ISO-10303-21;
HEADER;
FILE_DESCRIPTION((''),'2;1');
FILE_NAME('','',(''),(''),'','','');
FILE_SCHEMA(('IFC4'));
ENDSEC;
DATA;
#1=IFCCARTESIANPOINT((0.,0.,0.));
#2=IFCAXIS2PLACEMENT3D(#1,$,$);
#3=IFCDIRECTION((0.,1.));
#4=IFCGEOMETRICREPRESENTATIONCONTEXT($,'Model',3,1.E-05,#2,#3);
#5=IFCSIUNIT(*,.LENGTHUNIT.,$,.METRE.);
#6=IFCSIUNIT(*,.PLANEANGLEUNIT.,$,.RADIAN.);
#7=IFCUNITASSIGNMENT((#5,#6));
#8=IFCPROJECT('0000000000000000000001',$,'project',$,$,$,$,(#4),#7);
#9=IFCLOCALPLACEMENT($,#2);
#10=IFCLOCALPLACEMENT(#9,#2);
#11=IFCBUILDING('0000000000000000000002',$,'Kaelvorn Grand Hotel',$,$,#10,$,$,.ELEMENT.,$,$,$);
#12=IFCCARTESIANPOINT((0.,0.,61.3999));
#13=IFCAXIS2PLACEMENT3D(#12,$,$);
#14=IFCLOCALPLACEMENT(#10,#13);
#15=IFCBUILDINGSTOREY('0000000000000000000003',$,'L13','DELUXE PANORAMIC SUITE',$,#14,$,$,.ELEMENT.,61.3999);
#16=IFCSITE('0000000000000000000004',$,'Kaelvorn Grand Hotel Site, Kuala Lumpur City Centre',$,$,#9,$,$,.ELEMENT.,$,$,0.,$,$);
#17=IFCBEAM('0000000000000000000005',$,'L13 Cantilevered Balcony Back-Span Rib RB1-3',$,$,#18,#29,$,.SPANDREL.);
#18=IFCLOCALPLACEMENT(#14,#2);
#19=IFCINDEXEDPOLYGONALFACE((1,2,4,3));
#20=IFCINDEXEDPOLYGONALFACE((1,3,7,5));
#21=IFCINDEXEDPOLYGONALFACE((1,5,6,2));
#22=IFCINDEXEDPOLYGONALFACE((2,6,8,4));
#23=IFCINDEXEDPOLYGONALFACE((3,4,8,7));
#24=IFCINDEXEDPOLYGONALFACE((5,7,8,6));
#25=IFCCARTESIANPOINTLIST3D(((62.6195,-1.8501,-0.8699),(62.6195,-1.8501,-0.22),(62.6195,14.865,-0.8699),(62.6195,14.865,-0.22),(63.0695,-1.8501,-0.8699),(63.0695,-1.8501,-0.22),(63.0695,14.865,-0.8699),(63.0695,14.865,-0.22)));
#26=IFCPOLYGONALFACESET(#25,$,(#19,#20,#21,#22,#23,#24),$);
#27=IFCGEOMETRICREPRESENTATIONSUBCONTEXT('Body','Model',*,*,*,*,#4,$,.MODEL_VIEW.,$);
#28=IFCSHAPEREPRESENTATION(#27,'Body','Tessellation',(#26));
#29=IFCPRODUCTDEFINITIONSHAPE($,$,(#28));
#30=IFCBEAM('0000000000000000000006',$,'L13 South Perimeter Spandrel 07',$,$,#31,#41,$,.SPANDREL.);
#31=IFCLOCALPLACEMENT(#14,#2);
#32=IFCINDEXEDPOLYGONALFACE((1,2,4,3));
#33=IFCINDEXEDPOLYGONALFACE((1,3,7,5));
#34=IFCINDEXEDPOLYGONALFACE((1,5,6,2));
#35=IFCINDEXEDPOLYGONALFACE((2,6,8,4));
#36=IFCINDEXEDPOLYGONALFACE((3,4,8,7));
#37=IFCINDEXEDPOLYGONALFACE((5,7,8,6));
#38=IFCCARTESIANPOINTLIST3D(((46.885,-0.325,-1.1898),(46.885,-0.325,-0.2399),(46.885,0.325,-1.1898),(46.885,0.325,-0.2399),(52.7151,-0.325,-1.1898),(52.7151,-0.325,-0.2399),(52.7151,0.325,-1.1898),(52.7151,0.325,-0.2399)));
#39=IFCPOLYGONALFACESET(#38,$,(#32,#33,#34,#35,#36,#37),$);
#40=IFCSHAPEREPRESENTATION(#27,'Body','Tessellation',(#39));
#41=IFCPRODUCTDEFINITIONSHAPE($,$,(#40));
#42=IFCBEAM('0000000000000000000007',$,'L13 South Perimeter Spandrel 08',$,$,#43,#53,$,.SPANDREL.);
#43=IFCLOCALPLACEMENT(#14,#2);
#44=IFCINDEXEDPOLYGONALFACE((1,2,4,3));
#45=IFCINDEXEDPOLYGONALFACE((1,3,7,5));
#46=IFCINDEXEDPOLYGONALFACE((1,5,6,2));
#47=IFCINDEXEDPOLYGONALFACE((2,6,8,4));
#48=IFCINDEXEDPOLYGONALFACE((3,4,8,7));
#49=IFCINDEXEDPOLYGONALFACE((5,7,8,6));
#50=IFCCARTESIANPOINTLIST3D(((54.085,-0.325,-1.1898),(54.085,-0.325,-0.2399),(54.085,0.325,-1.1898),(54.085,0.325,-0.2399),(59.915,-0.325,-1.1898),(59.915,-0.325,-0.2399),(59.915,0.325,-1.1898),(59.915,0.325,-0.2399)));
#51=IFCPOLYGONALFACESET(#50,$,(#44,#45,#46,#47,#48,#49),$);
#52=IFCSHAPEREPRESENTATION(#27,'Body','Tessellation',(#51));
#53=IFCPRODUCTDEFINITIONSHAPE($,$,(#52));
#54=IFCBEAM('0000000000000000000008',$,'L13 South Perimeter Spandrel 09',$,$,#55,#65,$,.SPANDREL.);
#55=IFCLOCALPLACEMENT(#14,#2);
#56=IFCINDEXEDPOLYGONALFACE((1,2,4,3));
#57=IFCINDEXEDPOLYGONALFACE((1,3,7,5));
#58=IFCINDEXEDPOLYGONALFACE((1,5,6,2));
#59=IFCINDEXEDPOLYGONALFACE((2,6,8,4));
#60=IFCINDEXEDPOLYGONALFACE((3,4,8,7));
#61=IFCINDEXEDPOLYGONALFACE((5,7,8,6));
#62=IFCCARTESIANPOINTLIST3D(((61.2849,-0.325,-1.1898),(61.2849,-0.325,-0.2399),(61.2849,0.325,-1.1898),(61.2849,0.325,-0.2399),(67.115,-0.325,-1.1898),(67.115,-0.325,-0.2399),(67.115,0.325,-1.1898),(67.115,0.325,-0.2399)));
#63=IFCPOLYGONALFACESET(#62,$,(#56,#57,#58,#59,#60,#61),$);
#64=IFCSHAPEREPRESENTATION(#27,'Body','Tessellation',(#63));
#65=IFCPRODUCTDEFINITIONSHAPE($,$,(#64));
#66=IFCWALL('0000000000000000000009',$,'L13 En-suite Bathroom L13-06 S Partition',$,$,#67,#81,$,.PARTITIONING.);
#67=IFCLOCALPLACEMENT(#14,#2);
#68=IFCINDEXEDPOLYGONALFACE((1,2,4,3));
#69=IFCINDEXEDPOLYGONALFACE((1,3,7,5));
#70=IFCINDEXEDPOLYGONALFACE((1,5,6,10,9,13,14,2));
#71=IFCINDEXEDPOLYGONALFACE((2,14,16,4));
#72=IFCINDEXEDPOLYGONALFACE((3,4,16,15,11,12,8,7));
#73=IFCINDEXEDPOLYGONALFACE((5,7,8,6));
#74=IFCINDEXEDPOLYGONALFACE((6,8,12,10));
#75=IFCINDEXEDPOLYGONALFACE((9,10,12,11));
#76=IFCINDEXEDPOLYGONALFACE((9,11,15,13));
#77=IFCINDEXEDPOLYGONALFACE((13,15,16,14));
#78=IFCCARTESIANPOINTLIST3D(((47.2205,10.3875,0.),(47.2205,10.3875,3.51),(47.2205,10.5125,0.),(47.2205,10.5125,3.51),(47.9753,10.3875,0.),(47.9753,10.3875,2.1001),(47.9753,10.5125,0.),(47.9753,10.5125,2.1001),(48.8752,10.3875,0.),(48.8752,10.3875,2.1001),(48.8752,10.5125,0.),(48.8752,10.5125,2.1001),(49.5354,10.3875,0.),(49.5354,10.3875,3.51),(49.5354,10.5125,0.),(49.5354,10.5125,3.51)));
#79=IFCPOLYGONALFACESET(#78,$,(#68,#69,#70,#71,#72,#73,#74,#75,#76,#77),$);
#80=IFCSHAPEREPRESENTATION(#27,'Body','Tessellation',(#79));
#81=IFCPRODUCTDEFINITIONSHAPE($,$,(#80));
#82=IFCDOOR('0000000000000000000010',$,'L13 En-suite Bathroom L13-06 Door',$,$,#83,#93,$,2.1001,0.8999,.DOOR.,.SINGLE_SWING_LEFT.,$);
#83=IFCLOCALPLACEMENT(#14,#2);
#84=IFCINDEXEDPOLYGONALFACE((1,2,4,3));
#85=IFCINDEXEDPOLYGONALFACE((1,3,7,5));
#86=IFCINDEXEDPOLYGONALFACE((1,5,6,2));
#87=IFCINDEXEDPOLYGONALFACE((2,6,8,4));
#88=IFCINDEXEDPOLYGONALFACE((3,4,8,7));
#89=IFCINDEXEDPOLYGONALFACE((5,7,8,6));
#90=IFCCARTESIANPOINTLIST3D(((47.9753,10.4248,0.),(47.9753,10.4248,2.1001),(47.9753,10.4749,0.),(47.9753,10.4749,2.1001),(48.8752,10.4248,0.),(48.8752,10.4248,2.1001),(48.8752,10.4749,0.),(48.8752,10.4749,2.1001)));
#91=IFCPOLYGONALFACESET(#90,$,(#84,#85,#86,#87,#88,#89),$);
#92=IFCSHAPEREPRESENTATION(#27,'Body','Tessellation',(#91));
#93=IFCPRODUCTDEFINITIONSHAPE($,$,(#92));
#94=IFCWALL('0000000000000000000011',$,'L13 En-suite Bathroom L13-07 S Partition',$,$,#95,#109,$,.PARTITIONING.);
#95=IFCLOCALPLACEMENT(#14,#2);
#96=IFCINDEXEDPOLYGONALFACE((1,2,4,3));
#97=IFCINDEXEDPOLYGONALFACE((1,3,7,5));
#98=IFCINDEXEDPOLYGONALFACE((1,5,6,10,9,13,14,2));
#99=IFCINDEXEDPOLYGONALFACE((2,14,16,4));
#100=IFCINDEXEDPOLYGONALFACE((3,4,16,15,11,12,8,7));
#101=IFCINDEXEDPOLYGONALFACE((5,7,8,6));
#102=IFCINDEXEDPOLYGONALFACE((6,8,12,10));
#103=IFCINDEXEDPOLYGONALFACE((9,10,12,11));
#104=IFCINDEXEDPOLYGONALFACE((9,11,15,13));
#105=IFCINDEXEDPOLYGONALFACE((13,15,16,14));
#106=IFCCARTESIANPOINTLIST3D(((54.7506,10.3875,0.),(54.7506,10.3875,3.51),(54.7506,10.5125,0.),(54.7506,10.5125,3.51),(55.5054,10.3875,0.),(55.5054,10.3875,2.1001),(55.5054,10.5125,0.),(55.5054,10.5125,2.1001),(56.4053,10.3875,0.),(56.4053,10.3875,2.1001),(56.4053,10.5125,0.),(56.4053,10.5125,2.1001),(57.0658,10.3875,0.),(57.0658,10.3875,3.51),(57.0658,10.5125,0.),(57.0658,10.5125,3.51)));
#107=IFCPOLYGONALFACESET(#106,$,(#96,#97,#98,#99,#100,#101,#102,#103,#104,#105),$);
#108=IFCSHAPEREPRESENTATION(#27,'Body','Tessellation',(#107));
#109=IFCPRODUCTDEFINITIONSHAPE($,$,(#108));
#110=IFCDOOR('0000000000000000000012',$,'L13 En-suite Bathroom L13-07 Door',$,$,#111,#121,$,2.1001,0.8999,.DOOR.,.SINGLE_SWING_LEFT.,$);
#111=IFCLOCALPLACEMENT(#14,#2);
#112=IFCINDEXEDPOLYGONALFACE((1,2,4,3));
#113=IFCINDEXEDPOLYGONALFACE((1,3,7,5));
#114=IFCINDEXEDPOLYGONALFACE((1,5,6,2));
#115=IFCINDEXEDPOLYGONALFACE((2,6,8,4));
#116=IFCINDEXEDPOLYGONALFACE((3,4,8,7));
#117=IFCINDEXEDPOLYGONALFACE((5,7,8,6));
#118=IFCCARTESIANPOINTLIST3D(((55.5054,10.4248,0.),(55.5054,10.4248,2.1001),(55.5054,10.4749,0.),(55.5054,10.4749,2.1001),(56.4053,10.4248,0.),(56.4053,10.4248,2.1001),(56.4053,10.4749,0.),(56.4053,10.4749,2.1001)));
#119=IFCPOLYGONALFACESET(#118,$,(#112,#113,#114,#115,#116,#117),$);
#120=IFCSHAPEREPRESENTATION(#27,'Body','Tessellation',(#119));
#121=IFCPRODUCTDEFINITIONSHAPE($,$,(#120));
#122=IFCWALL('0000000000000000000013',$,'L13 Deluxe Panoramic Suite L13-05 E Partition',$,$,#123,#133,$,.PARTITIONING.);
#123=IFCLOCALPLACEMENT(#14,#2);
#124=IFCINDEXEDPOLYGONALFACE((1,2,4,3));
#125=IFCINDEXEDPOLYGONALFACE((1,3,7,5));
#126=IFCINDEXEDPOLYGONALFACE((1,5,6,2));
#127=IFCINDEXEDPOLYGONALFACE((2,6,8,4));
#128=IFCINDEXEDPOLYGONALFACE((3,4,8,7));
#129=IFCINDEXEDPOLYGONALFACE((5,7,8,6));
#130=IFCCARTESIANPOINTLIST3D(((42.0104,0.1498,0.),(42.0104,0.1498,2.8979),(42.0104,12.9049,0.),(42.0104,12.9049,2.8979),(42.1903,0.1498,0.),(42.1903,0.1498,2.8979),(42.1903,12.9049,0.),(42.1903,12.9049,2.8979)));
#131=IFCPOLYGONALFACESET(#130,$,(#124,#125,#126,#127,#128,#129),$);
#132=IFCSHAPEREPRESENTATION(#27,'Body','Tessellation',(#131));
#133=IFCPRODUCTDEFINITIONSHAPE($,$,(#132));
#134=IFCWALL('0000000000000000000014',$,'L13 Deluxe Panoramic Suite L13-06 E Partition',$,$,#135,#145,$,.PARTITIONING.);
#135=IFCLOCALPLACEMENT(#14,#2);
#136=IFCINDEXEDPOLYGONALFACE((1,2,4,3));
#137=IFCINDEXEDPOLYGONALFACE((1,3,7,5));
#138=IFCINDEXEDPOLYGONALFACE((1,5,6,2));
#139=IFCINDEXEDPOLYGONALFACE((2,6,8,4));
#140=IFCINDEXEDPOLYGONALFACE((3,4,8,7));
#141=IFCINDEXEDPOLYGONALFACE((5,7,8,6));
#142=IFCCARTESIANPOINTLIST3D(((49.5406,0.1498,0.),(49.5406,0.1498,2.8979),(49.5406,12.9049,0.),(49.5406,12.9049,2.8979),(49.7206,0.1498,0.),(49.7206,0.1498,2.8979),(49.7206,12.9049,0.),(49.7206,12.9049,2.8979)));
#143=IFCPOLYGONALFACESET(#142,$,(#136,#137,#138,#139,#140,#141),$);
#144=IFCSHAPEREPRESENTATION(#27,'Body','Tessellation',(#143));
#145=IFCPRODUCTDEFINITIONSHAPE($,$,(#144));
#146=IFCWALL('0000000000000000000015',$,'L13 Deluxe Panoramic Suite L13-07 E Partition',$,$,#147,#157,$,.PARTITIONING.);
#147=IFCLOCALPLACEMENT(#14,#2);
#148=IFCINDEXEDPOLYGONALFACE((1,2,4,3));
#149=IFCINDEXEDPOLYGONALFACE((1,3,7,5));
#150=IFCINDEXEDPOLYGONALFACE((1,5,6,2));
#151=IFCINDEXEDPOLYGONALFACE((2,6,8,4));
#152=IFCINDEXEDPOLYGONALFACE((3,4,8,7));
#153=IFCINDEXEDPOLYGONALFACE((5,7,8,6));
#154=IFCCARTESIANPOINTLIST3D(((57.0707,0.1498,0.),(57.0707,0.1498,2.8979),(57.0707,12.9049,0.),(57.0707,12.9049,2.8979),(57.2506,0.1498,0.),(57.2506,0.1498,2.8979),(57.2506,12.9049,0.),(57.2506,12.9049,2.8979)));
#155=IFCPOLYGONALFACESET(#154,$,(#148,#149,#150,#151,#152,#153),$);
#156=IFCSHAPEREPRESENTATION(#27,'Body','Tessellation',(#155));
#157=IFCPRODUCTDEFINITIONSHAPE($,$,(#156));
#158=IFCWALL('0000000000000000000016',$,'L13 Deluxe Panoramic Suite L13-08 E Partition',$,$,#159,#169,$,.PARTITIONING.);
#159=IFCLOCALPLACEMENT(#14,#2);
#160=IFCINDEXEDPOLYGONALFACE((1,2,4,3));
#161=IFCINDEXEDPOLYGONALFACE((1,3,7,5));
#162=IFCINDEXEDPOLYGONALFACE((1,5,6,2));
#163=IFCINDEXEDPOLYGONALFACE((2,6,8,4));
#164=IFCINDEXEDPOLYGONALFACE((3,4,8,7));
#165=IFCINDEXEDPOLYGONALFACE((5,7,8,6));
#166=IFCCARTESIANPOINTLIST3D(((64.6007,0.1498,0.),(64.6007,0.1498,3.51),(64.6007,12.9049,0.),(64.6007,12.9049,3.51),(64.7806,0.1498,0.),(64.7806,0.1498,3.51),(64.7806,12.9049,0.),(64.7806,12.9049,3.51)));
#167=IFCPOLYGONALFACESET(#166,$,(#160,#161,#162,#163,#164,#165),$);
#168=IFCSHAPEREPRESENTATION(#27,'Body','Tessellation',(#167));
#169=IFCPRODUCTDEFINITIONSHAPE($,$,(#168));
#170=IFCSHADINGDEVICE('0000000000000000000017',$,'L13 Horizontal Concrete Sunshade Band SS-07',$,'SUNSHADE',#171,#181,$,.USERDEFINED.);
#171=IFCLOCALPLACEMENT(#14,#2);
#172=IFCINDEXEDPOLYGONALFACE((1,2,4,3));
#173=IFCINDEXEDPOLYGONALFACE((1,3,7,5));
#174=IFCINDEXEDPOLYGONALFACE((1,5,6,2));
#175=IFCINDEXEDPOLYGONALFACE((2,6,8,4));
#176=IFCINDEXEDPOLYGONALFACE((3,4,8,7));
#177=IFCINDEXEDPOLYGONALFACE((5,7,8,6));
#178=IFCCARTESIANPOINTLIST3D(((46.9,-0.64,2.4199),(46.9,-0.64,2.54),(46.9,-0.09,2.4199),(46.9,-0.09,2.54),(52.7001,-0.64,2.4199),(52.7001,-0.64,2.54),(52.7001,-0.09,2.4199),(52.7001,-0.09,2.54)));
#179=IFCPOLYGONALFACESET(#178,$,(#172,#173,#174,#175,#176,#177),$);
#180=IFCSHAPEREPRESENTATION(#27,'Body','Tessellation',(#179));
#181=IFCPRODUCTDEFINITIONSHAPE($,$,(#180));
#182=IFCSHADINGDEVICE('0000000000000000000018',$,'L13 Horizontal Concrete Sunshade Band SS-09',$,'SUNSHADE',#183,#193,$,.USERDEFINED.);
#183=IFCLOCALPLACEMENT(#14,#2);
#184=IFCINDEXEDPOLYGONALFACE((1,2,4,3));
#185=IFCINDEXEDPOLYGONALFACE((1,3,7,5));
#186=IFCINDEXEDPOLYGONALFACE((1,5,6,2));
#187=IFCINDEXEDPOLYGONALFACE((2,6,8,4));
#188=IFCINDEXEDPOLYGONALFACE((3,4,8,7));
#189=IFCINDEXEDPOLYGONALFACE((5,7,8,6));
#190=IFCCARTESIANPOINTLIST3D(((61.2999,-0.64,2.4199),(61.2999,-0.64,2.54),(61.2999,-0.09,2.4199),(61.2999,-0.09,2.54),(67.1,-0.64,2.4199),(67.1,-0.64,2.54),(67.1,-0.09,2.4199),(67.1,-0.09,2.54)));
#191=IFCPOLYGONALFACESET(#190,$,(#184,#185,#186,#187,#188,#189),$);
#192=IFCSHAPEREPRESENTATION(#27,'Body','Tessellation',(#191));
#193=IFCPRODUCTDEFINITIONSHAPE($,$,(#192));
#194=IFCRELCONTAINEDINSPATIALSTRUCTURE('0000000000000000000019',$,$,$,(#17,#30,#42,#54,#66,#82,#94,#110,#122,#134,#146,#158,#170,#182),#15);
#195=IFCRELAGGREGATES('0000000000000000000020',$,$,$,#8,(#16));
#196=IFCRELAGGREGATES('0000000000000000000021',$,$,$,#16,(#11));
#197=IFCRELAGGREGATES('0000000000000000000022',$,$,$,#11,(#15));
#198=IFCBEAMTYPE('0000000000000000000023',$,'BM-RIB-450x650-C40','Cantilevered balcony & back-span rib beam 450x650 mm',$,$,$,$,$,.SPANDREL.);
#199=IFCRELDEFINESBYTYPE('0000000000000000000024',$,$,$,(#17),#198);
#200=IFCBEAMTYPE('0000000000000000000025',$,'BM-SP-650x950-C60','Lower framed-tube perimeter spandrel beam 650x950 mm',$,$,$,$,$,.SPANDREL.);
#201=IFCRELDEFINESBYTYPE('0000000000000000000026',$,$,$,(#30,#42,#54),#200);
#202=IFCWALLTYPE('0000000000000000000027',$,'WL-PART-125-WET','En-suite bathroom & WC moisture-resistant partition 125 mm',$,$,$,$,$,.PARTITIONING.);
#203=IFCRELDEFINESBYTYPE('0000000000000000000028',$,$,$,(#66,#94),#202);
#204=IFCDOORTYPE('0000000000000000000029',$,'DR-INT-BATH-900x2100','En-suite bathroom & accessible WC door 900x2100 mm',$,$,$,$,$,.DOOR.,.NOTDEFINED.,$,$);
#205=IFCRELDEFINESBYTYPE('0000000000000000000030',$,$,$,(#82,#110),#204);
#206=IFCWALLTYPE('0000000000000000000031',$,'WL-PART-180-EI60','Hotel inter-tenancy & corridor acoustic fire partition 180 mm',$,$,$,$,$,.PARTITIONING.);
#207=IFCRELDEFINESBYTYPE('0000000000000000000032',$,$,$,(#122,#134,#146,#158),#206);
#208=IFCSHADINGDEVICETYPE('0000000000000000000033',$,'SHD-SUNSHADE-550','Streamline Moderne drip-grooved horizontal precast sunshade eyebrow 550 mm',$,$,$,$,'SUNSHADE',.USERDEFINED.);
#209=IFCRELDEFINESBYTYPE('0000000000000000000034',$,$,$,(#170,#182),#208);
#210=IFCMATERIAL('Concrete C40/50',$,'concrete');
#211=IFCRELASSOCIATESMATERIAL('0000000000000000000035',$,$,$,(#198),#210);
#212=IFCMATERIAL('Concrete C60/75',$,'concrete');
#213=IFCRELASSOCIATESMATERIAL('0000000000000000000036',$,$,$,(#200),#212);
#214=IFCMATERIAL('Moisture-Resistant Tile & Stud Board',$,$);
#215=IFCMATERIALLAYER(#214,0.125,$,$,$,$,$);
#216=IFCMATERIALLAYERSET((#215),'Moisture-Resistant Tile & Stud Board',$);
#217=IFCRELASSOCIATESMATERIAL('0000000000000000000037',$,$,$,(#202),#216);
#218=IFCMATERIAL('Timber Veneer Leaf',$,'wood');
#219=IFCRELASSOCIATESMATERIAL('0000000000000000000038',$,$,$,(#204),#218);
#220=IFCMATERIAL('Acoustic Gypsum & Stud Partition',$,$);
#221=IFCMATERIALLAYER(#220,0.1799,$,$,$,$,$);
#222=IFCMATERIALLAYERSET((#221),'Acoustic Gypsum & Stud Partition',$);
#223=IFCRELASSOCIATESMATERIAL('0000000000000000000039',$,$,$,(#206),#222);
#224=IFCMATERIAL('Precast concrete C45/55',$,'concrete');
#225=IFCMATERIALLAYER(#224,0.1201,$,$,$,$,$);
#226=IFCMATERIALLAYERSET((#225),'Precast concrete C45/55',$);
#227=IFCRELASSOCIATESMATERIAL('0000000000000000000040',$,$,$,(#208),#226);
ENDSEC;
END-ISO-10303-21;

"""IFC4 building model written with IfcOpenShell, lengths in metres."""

from ifc_helpers import new_model, si_unit, direction, frame, frame_2d, origin, origin_2d, place, context, subcontext, project, spatial, rectangle, extrude, material, layer, layer_set, material_profile, profile_set, type_object, element, fill, save


model = new_model("IFC4")

# Units and contexts
model_context = context("Model", 3, precision=1e-05, world=origin(), true_north=direction((0.0, 1.0)))
body_context = subcontext(model_context, "Body", "Model", "MODEL_VIEW")
ifc_project = project(units=[si_unit("LENGTHUNIT", "METRE"), si_unit("PLANEANGLEUNIT", "RADIAN")], contexts=[model_context])

# Site, building, storey
site_placement = place(None, origin())
site = spatial("IfcSite", under=ifc_project, at=site_placement, Name="Kaelvorn Grand Hotel Site, Kuala Lumpur City Centre", CompositionType="ELEMENT", RefElevation=0.0)
building_placement = place(site_placement, origin())
building = spatial("IfcBuilding", under=site, at=building_placement, Name="Kaelvorn Grand Hotel", CompositionType="ELEMENT")
storey_placement = place(building_placement, frame((0.0, 0.0, 61.3999)))
storey = spatial("IfcBuildingStorey", under=building, at=storey_placement, Name="L13", Description="DELUXE PANORAMIC SUITE", CompositionType="ELEMENT", Elevation=61.3999)

# Beams
ifc_material_1 = material(Name="Concrete C40/50", Category="concrete")
ifc_material_profile_1 = material_profile(ifc_material_1, rectangle(XDim=0.45, YDim=0.6499, at=origin_2d()), Name="RC RIB 450x650")
ifc_profile_set_1 = profile_set([ifc_material_profile_1], Name="Concrete C40/50")
beam_type_1 = type_object("IfcBeamType", Name="BM-RIB-450x650-C40", Description="Cantilevered balcony & back-span rib beam 450x650 mm", PredefinedType="SPANDREL", material=ifc_profile_set_1)
beam_1_placement = place(storey_placement, frame((62.8445, -1.8501, -0.5449), z_axis=(0.0, 1.0, 0.0), x_axis=(-1.0, 0.0, 0.0)))
element("IfcBeam", 1, at=beam_1_placement, inside=storey, type_object=beam_type_1, Name="L13 Cantilevered Balcony Back-Span Rib RB1-3", PredefinedType="SPANDREL", context=body_context, shape_type="SweptSolid", body=[
    extrude(rectangle(XDim=0.45, YDim=0.6499, at=origin_2d()), origin(), (0.0, 0.0, 1.0), 16.7151),
])
ifc_material_2 = material(Name="Concrete C60/75", Category="concrete")
ifc_material_profile_2 = material_profile(ifc_material_2, rectangle(XDim=0.6499, YDim=0.95, at=origin_2d()), Name="RC SPANDREL 650x950")
ifc_profile_set_2 = profile_set([ifc_material_profile_2], Name="Concrete C60/75")
beam_type_2 = type_object("IfcBeamType", Name="BM-SP-650x950-C60", Description="Lower framed-tube perimeter spandrel beam 650x950 mm", PredefinedType="SPANDREL", material=ifc_profile_set_2)
for number, where, z_axis, x_axis, name in (
    (2, (46.885, 0.0, -0.7148), (1.0, 0.0, 0.0), (0.0, 1.0, 0.0), "L13 South Perimeter Spandrel 07"),
    (3, (54.085, 0.0, -0.7148), (1.0, 0.0, 0.0), (0.0, 1.0, 0.0), "L13 South Perimeter Spandrel 08"),
    (4, (61.2849, 0.0, -0.7148), (1.0, 0.0, 0.0), (0.0, 1.0, 0.0), "L13 South Perimeter Spandrel 09"),
):
    element("IfcBeam", number, at=place(storey_placement, frame(where, z_axis=z_axis, x_axis=x_axis)), inside=storey, type_object=beam_type_2, Name=name, PredefinedType="SPANDREL", context=body_context, shape_type="SweptSolid", body=[
        extrude(rectangle(XDim=0.6499, YDim=0.95, at=origin_2d()), origin(), (0.0, 0.0, 1.0), 5.8301),
    ])

# Walls, openings, doors
ifc_material_3 = material(Name="Moisture-Resistant Tile & Stud Board")
ifc_layer_1 = layer(ifc_material_3, 0.125)
ifc_layer_set_1 = layer_set([ifc_layer_1], Name="Moisture-Resistant Tile & Stud Board")
wall_type_1 = type_object("IfcWallType", Name="WL-PART-125-WET", Description="En-suite bathroom & WC moisture-resistant partition 125 mm", PredefinedType="PARTITIONING", material=ifc_layer_set_1)
wall_1_placement = place(storey_placement, frame((47.2205, 10.45, 0.0), z_axis=(0.0, 0.0, 1.0), x_axis=(1.0, 0.0, 0.0)))
wall_1 = element("IfcWall", 5, at=wall_1_placement, inside=storey, type_object=wall_type_1, Name="L13 En-suite Bathroom L13-06 S Partition", PredefinedType="PARTITIONING", context=body_context, shape_type="SweptSolid", body=[
    extrude(rectangle(XDim=2.3149, YDim=0.125, at=frame_2d((1.1575, 0.0))), origin(), (0.0, 0.0, 1.0), 3.51),
])
opening_1_placement = place(wall_1_placement, frame((0.7549, 0.0, 0.0)))
opening_1 = element("IfcOpeningElement", 6, at=opening_1_placement, cuts=wall_1, PredefinedType="OPENING", context=body_context, shape_type="SweptSolid", body=[
    extrude(rectangle(XDim=0.8999, YDim=2.1001, at=frame_2d((0.45, 1.05))), frame((0.0, 0.0725, 0.0), z_axis=(0.0, -1.0, 0.0), x_axis=(1.0, 0.0, 0.0)), (0.0, 0.0, 1.0), 0.145),
])
ifc_material_4 = material(Name="Timber Veneer Leaf", Category="wood")
door_type = type_object("IfcDoorType", Name="DR-INT-BATH-900x2100", Description="En-suite bathroom & accessible WC door 900x2100 mm", OperationType="NOTDEFINED", PredefinedType="DOOR", material=ifc_material_4)
door_1_placement = place(opening_1_placement, origin())
door_1 = element("IfcDoor", 7, at=door_1_placement, inside=storey, type_object=door_type, Name="L13 En-suite Bathroom L13-06 Door", OperationType="SINGLE_SWING_LEFT", OverallHeight=2.1001, OverallWidth=0.8999, PredefinedType="DOOR", context=body_context, shape_type="SweptSolid", body=[
    extrude(rectangle(XDim=0.8999, YDim=2.1001, at=frame_2d((0.45, 1.05))), frame((0.0, 0.0249, 0.0), z_axis=(0.0, -1.0, 0.0), x_axis=(1.0, 0.0, 0.0)), (0.0, 0.0, 1.0), 0.05),
])
fill(opening_1, door_1)
wall_2_placement = place(storey_placement, frame((54.7505, 10.45, 0.0), z_axis=(0.0, 0.0, 1.0), x_axis=(1.0, 0.0, 0.0)))
wall_2 = element("IfcWall", 8, at=wall_2_placement, inside=storey, type_object=wall_type_1, Name="L13 En-suite Bathroom L13-07 S Partition", PredefinedType="PARTITIONING", context=body_context, shape_type="SweptSolid", body=[
    extrude(rectangle(XDim=2.3152, YDim=0.125, at=frame_2d((1.1577, 0.0))), origin(), (0.0, 0.0, 1.0), 3.51),
])
opening_2_placement = place(wall_2_placement, frame((0.7549, 0.0, 0.0)))
opening_2 = element("IfcOpeningElement", 9, at=opening_2_placement, cuts=wall_2, PredefinedType="OPENING", context=body_context, shape_type="SweptSolid", body=[
    extrude(rectangle(XDim=0.8999, YDim=2.1001, at=frame_2d((0.45, 1.05))), frame((0.0, 0.0725, 0.0), z_axis=(0.0, -1.0, 0.0), x_axis=(1.0, 0.0, 0.0)), (0.0, 0.0, 1.0), 0.145),
])
door_2_placement = place(opening_2_placement, origin())
door_2 = element("IfcDoor", 10, at=door_2_placement, inside=storey, type_object=door_type, Name="L13 En-suite Bathroom L13-07 Door", OperationType="SINGLE_SWING_LEFT", OverallHeight=2.1001, OverallWidth=0.8999, PredefinedType="DOOR", context=body_context, shape_type="SweptSolid", body=[
    extrude(rectangle(XDim=0.8999, YDim=2.1001, at=frame_2d((0.45, 1.05))), frame((0.0, 0.0249, 0.0), z_axis=(0.0, -1.0, 0.0), x_axis=(1.0, 0.0, 0.0)), (0.0, 0.0, 1.0), 0.05),
])
fill(opening_2, door_2)

# Walls
ifc_material_5 = material(Name="Acoustic Gypsum & Stud Partition")
ifc_layer_2 = layer(ifc_material_5, 0.1799)
ifc_layer_set_2 = layer_set([ifc_layer_2], Name="Acoustic Gypsum & Stud Partition")
wall_type_2 = type_object("IfcWallType", Name="WL-PART-180-EI60", Description="Hotel inter-tenancy & corridor acoustic fire partition 180 mm", PredefinedType="PARTITIONING", material=ifc_layer_set_2)
for number, where, z_axis, x_axis, name in (
    (11, (42.1003, 0.1499, 0.0), (0.0, 0.0, 1.0), (0.0, 1.0, 0.0), "L13 Deluxe Panoramic Suite L13-05 E Partition"),
    (12, (49.6306, 0.1499, 0.0), (0.0, 0.0, 1.0), (0.0, 1.0, 0.0), "L13 Deluxe Panoramic Suite L13-06 E Partition"),
    (13, (57.1606, 0.1499, 0.0), (0.0, 0.0, 1.0), (0.0, 1.0, 0.0), "L13 Deluxe Panoramic Suite L13-07 E Partition"),
):
    element("IfcWall", number, at=place(storey_placement, frame(where, z_axis=z_axis, x_axis=x_axis)), inside=storey, type_object=wall_type_2, Name=name, PredefinedType="PARTITIONING", context=body_context, shape_type="SweptSolid", body=[
        extrude(rectangle(XDim=12.7551, YDim=0.1799, at=frame_2d((6.3774, 0.0))), origin(), (0.0, 0.0, 1.0), 2.8979),
    ])
wall_3_placement = place(storey_placement, frame((64.6907, 0.1499, 0.0), z_axis=(0.0, 0.0, 1.0), x_axis=(0.0, 1.0, 0.0)))
element("IfcWall", 14, at=wall_3_placement, inside=storey, type_object=wall_type_2, Name="L13 Deluxe Panoramic Suite L13-08 E Partition", PredefinedType="PARTITIONING", context=body_context, shape_type="SweptSolid", body=[
    extrude(rectangle(XDim=12.7551, YDim=0.1799, at=frame_2d((6.3774, 0.0))), origin(), (0.0, 0.0, 1.0), 3.51),
])

# Shading devices
ifc_material_6 = material(Name="Precast concrete C45/55", Category="concrete")
ifc_layer_3 = layer(ifc_material_6, 0.1201)
ifc_layer_set_3 = layer_set([ifc_layer_3], Name="Precast concrete C45/55")
shading_device_type_1 = type_object("IfcShadingDeviceType", Name="SHD-SUNSHADE-550", Description="Streamline Moderne drip-grooved horizontal precast sunshade eyebrow 550 mm", ElementType="SUNSHADE", PredefinedType="USERDEFINED", material=ifc_layer_set_3)
for number, where, z_axis, x_axis, name in (
    (15, (49.8, -0.365, 2.4199), (0.0, 0.0, 1.0), (1.0, 0.0, 0.0), "L13 Horizontal Concrete Sunshade Band SS-07"),
    (16, (64.2, -0.365, 2.4199), (0.0, 0.0, 1.0), (1.0, 0.0, 0.0), "L13 Horizontal Concrete Sunshade Band SS-09"),
):
    element("IfcShadingDevice", number, at=place(storey_placement, frame(where, z_axis=z_axis, x_axis=x_axis)), inside=storey, type_object=shading_device_type_1, Name=name, ObjectType="SUNSHADE", PredefinedType="USERDEFINED", context=body_context, shape_type="SweptSolid", body=[
        extrude(rectangle(XDim=5.8, YDim=0.55, at=origin_2d()), origin(), (0.0, 0.0, 1.0), 0.1201),
    ])

save(model, "model.ifc")
